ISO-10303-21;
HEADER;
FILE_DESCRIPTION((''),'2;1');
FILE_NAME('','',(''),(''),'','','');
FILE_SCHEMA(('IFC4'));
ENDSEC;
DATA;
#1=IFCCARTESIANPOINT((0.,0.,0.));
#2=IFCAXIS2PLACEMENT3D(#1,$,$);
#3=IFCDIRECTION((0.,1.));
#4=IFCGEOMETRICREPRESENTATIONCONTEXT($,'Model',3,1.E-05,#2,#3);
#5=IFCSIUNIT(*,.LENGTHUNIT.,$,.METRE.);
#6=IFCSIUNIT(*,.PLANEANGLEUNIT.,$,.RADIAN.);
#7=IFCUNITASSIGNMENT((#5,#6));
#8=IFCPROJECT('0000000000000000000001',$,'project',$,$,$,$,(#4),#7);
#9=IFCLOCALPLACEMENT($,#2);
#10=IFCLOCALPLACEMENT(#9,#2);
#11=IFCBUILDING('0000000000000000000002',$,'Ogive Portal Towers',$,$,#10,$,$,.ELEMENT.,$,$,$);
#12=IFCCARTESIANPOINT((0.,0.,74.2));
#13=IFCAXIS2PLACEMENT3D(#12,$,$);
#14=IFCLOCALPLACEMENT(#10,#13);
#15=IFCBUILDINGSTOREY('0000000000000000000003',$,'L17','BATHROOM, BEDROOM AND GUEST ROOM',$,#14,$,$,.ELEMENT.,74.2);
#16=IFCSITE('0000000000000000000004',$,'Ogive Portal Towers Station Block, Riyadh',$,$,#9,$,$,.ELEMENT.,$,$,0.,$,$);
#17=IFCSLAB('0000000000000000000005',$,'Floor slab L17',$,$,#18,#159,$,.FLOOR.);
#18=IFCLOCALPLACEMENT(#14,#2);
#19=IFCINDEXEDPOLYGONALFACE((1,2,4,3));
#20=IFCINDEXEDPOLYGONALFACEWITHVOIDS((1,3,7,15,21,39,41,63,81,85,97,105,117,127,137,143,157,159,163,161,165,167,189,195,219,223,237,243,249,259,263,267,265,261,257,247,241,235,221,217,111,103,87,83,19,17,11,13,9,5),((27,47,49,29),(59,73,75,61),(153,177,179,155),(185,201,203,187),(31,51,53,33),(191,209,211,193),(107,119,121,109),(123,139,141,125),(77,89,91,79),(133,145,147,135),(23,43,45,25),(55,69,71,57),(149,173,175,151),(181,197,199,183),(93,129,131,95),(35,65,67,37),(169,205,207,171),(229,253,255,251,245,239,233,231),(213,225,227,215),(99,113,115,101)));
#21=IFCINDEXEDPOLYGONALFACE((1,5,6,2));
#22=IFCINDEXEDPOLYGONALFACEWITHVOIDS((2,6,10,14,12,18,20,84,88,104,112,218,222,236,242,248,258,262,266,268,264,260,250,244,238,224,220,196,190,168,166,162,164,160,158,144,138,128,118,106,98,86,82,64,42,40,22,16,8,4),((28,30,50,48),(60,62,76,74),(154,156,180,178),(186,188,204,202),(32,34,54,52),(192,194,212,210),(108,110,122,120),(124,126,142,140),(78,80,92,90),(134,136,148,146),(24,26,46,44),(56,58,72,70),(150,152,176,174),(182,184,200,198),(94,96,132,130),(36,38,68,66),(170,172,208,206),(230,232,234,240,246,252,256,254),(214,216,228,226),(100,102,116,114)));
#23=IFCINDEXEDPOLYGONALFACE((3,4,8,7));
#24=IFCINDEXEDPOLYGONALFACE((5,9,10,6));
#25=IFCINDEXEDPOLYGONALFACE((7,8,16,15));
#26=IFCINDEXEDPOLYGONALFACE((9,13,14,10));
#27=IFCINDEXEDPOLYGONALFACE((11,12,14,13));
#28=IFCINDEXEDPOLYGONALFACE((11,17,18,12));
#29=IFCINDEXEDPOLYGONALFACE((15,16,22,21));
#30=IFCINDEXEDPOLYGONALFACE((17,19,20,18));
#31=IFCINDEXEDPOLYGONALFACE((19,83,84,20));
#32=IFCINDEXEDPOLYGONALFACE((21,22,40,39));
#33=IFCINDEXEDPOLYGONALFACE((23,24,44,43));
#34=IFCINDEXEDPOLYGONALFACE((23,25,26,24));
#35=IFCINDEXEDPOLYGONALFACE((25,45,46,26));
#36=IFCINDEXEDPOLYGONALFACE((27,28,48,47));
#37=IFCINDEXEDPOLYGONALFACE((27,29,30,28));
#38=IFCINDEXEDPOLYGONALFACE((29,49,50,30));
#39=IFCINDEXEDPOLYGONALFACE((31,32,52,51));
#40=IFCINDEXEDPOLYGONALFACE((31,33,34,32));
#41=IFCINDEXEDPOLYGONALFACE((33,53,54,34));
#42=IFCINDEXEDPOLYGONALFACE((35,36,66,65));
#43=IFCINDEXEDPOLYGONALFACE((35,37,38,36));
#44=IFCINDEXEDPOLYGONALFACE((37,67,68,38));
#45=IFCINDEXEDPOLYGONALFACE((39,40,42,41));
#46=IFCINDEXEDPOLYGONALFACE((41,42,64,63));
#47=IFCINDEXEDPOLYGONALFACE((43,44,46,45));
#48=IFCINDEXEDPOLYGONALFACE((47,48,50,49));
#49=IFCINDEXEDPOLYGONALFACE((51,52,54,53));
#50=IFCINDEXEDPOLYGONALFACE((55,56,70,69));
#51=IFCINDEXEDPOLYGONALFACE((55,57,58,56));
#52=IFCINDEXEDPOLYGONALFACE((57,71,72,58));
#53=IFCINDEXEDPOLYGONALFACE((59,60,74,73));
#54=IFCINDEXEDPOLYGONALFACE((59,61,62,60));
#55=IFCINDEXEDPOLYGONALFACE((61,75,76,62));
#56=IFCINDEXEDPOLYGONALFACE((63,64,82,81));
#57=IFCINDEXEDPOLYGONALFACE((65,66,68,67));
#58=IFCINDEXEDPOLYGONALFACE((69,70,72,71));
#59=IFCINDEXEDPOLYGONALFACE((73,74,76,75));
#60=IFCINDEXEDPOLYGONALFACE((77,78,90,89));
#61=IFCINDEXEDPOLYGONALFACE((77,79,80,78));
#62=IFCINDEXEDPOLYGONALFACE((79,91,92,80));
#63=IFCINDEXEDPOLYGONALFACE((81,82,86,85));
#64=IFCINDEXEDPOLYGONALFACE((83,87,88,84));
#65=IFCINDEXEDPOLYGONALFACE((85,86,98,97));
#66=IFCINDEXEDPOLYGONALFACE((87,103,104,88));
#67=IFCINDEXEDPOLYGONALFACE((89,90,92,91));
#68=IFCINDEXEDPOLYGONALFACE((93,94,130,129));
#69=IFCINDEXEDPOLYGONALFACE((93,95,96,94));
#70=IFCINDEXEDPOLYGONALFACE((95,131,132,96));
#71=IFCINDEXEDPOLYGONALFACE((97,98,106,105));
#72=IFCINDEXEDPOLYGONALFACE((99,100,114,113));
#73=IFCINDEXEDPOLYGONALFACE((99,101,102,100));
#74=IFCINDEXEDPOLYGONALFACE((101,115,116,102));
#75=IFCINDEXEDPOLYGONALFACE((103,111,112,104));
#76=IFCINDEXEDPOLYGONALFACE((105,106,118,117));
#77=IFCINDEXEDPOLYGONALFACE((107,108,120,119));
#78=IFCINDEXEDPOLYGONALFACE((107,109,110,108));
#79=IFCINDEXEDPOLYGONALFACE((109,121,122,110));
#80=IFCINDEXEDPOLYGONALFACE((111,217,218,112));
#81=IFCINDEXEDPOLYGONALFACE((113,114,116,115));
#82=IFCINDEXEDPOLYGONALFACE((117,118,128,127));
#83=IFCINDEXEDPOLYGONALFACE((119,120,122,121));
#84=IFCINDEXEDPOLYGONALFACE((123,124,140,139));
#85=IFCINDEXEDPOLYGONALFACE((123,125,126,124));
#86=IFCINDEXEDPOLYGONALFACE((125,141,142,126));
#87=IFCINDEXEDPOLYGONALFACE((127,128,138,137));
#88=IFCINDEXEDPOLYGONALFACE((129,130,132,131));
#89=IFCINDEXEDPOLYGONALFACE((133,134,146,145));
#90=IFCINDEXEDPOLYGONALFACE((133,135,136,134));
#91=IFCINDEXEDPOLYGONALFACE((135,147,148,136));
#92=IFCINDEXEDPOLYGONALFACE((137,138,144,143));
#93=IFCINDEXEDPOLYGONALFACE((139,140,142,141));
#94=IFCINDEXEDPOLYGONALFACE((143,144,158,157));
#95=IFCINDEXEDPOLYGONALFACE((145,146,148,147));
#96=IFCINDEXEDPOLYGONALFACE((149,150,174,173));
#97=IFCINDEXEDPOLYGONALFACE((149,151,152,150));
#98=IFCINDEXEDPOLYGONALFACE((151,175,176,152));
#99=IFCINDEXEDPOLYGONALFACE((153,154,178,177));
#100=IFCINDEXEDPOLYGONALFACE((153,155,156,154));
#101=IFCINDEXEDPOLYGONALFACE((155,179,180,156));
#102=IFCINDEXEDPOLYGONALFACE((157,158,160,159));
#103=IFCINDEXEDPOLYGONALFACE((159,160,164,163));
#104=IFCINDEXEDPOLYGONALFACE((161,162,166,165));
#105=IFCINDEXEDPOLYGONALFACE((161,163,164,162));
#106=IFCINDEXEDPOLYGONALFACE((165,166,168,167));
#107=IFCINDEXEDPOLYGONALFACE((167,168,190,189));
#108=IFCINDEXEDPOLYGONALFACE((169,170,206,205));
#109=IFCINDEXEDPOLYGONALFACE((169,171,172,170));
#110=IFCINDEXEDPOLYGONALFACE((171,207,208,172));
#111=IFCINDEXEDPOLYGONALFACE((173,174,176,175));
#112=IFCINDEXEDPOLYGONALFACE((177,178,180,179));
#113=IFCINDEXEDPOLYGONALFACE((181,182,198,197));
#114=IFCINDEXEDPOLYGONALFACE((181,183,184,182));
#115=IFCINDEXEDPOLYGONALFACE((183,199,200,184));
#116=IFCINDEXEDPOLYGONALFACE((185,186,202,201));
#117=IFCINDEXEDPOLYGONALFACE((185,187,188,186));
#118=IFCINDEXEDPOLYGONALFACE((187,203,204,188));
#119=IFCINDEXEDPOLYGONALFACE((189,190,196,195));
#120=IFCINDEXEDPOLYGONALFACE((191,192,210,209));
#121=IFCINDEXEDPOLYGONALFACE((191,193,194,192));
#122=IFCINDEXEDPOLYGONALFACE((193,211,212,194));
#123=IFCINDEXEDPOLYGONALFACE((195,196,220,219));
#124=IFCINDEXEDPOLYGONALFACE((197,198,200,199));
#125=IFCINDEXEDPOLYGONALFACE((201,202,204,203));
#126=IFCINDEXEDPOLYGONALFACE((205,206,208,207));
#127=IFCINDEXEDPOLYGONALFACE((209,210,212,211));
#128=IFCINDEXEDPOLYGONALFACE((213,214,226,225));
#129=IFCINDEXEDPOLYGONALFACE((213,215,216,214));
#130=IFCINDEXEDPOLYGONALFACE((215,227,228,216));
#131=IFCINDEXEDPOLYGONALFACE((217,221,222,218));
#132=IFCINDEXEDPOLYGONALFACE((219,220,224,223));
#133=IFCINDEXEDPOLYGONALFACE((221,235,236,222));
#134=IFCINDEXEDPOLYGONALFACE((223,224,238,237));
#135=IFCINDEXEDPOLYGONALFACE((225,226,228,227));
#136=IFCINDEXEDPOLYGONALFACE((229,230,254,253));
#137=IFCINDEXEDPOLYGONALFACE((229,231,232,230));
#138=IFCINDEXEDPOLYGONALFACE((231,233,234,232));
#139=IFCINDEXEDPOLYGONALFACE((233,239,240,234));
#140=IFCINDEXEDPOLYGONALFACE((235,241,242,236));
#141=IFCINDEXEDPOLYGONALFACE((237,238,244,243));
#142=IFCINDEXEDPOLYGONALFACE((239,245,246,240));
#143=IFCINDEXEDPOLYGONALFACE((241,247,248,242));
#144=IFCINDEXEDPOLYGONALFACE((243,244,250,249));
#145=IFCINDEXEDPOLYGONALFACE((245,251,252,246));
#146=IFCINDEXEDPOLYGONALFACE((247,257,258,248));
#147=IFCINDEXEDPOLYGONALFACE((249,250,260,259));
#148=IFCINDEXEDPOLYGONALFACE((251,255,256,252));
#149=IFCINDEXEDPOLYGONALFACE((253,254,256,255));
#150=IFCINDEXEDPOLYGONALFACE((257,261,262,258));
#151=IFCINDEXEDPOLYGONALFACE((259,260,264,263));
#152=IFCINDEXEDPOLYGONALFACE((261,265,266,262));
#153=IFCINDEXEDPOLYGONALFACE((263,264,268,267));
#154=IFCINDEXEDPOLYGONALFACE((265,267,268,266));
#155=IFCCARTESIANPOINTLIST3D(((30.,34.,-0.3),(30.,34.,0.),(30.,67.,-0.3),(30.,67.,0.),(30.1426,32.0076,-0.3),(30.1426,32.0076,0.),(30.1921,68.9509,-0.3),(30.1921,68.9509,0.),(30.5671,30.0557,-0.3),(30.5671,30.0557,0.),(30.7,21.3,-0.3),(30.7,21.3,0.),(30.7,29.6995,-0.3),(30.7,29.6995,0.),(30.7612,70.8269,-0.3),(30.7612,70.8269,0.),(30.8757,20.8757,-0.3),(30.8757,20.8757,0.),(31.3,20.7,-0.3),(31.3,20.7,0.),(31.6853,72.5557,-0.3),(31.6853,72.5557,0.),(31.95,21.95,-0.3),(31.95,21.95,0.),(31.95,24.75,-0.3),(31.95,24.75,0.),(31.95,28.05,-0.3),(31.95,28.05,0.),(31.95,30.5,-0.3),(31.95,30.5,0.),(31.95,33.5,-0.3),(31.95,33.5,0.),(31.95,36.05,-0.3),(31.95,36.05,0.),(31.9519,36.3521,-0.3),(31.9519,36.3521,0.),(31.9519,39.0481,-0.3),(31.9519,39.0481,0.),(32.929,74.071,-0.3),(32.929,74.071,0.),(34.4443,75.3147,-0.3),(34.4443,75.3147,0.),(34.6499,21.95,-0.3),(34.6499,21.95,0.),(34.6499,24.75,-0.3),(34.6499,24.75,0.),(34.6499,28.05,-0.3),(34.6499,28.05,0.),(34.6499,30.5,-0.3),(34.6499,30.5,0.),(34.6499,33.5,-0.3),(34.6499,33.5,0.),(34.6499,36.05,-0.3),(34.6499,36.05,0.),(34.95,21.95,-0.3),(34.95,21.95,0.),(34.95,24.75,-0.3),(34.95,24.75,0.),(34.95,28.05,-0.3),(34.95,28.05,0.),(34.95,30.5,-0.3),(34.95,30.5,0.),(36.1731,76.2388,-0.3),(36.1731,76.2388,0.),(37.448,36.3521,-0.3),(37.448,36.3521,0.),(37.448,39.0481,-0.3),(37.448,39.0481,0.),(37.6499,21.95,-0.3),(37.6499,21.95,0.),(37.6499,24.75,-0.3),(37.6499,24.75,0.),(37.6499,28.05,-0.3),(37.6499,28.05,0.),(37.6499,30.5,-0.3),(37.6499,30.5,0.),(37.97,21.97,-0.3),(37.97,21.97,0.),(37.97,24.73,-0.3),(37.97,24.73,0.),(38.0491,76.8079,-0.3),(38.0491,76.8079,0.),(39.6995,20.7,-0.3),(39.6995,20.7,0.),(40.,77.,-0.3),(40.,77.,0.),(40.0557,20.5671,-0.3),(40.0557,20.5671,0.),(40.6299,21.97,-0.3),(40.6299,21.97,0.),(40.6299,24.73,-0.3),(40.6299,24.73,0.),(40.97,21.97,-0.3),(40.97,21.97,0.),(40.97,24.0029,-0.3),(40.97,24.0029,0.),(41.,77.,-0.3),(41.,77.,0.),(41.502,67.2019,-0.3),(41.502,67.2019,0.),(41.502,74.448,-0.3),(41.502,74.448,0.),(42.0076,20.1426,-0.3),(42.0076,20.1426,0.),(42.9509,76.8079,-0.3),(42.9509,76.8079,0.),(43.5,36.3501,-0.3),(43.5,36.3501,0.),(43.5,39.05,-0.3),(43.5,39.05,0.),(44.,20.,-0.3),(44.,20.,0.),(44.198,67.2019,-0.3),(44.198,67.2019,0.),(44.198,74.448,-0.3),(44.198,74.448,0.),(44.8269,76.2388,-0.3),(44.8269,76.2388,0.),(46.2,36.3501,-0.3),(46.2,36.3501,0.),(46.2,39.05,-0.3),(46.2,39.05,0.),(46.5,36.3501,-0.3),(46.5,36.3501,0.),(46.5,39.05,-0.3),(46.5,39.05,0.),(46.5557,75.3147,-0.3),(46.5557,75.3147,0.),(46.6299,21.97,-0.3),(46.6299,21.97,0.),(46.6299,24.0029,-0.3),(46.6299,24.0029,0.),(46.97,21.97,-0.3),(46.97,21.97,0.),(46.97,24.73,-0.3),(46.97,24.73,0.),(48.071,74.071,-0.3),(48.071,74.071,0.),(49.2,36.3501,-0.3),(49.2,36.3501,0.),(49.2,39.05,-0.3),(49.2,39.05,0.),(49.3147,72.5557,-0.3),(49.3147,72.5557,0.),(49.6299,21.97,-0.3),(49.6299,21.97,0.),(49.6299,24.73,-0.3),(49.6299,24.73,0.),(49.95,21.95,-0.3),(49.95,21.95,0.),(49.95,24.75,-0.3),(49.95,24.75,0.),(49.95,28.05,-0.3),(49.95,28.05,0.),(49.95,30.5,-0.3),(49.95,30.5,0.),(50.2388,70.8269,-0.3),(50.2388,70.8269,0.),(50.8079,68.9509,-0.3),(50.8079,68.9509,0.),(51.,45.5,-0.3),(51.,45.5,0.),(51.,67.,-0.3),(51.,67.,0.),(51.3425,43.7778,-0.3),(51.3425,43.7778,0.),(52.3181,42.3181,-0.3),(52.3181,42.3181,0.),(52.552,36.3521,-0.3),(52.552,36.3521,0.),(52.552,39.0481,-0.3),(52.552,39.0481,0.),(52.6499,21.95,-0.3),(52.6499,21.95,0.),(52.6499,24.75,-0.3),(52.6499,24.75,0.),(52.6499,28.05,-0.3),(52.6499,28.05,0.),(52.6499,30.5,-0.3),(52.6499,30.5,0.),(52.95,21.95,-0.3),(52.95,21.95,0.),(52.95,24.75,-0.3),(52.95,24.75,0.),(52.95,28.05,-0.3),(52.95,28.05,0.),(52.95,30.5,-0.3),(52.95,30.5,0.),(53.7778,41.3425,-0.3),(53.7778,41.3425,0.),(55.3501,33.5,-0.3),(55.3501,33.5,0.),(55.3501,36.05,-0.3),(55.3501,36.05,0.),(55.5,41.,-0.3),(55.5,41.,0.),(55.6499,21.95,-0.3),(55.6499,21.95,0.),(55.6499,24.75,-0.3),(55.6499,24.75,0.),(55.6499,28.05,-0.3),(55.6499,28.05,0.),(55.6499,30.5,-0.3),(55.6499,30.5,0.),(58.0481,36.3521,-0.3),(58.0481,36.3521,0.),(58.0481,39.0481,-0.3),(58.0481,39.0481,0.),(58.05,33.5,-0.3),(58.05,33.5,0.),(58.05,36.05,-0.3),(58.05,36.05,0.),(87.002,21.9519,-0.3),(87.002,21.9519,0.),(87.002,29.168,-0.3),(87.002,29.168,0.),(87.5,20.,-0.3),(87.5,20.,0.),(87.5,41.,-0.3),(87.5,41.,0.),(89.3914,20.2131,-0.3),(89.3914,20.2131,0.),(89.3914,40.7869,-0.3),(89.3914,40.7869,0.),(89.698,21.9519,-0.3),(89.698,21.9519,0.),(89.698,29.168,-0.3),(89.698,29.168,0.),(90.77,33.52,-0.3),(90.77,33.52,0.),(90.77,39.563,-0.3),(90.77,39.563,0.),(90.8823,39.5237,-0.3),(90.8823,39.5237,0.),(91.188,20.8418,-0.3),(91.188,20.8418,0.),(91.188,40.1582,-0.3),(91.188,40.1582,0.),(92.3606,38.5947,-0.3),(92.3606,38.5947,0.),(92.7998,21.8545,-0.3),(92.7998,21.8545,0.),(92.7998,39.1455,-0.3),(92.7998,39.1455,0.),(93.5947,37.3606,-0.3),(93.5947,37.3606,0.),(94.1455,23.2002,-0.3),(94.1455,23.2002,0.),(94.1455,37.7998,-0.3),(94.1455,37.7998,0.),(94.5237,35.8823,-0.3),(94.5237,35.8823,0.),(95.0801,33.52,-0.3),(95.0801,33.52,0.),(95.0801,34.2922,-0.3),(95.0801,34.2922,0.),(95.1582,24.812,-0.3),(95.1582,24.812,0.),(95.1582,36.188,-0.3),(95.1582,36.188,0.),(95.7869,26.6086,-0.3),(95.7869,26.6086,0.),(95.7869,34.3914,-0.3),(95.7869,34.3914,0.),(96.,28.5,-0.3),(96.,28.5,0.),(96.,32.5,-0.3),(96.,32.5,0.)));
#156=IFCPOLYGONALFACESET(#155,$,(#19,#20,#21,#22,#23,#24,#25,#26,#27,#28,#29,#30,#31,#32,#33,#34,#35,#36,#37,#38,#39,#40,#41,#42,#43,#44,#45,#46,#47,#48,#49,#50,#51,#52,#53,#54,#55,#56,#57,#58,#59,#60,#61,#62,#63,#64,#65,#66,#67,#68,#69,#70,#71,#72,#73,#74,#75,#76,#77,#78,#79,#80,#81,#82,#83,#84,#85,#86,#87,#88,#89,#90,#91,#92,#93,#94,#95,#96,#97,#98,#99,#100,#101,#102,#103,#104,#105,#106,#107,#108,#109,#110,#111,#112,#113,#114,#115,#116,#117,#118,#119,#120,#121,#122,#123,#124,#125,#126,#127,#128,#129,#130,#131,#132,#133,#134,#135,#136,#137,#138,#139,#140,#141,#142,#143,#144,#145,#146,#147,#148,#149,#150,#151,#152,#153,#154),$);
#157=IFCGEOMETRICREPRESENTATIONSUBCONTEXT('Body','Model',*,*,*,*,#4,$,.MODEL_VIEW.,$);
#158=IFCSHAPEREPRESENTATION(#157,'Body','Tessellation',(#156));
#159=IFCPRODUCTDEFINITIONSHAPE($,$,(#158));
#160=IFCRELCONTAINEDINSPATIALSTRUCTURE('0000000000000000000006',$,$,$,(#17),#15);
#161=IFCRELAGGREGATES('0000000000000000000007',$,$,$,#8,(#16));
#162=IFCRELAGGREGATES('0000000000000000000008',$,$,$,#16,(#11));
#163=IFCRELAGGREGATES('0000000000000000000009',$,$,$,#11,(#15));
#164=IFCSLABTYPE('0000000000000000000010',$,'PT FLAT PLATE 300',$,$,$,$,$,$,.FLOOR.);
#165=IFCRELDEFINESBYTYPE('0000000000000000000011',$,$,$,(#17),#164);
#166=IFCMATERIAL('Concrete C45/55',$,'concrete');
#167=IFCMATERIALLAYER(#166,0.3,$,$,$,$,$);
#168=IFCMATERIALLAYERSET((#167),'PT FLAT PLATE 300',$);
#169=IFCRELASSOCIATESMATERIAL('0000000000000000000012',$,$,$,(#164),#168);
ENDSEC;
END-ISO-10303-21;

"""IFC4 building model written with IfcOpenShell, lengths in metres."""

from ifc_helpers import new_model, si_unit, direction, frame, origin, place, context, subcontext, project, spatial, polyline, outline, extrude, material, layer, layer_set, type_object, element, save


model = new_model("IFC4")

# Units and contexts
model_context = context("Model", 3, precision=1e-05, world=origin(), true_north=direction((0.0, 1.0)))
body_context = subcontext(model_context, "Body", "Model", "MODEL_VIEW")
ifc_project = project(units=[si_unit("LENGTHUNIT", "METRE"), si_unit("PLANEANGLEUNIT", "RADIAN")], contexts=[model_context])

# Site, building, storey
site_placement = place(None, origin())
site = spatial("IfcSite", under=ifc_project, at=site_placement, Name="Ogive Portal Towers Station Block, Riyadh", CompositionType="ELEMENT", RefElevation=0.0)
building_placement = place(site_placement, origin())
building = spatial("IfcBuilding", under=site, at=building_placement, Name="Ogive Portal Towers", CompositionType="ELEMENT")
storey_placement = place(building_placement, frame((0.0, 0.0, 74.2)))
storey = spatial("IfcBuildingStorey", under=building, at=storey_placement, Name="L17", Description="BATHROOM, BEDROOM AND GUEST ROOM", CompositionType="ELEMENT", Elevation=74.2)

# Slab
ifc_material_1 = material(Name="Concrete C45/55", Category="concrete")
ifc_layer_1 = layer(ifc_material_1, 0.3)
ifc_layer_set_1 = layer_set([ifc_layer_1], Name="PT FLAT PLATE 300")
slab_type_1 = type_object("IfcSlabType", Name="PT FLAT PLATE 300", PredefinedType="FLOOR", material=ifc_layer_set_1)
slab_1_placement = place(storey_placement, frame((0.0, 0.0, -0.3)))
element("IfcSlab", 1, at=slab_1_placement, inside=storey, type_object=slab_type_1, Name="Floor slab L17", PredefinedType="FLOOR", context=body_context, shape_type="SweptSolid", body=[
    extrude(outline(polyline([(30.1426, 32.0076), (30.5671, 30.0557), (30.7, 29.6995), (30.7, 21.3), (30.8757, 20.8757), (31.3, 20.7), (39.6995, 20.7), (40.0557, 20.5671), (42.0076, 20.1426), (44.0, 20.0), (87.5, 20.0), (89.3914, 20.2131), (91.188, 20.8418), (92.7998, 21.8545), (94.1455, 23.2002), (95.1582, 24.812), (95.7869, 26.6086), (96.0, 28.5), (96.0, 32.5), (95.7869, 34.3914), (95.1582, 36.188), (94.1455, 37.7998), (92.7998, 39.1455), (91.188, 40.1582), (89.3914, 40.7869), (87.5, 41.0), (55.5, 41.0), (53.7778, 41.3425), (52.3181, 42.3181), (51.3425, 43.7778), (51.0, 45.5), (51.0, 67.0), (50.8079, 68.9509), (50.2388, 70.8269), (49.3147, 72.5557), (48.071, 74.071), (46.5557, 75.3147), (44.8269, 76.2388), (42.9509, 76.8079), (41.0, 77.0), (40.0, 77.0), (38.0491, 76.8079), (36.1731, 76.2388), (34.4443, 75.3147), (32.929, 74.071), (31.6853, 72.5557), (30.7612, 70.8269), (30.1921, 68.9509), (30.0, 67.0), (30.0, 34.0), (30.1426, 32.0076)]), holes=[polyline([(46.6299, 21.97), (40.97, 21.97), (40.97, 24.0029), (46.6299, 24.0029), (46.6299, 21.97)]), polyline([(34.6499, 24.75), (34.6499, 21.95), (31.95, 21.95), (31.95, 24.75), (34.6499, 24.75)]), polyline([(37.6499, 24.75), (37.6499, 21.95), (34.95, 21.95), (34.95, 24.75), (37.6499, 24.75)]), polyline([(37.97, 21.97), (37.97, 24.73), (40.6299, 24.73), (40.6299, 21.97), (37.97, 21.97)]), polyline([(34.6499, 28.05), (31.95, 28.05), (31.95, 30.5), (34.6499, 30.5), (34.6499, 28.05)]), polyline([(37.6499, 30.5), (37.6499, 28.05), (34.95, 28.05), (34.95, 30.5), (37.6499, 30.5)]), polyline([(34.6499, 33.5), (31.95, 33.5), (31.95, 36.05), (34.6499, 36.05), (34.6499, 33.5)]), polyline([(37.448, 39.0481), (37.448, 36.3521), (31.9519, 36.3521), (31.9519, 39.0481), (37.448, 39.0481)]), polyline([(46.2, 39.05), (46.2, 36.3501), (43.5, 36.3501), (43.5, 39.05), (46.2, 39.05)]), polyline([(49.2, 36.3501), (46.5, 36.3501), (46.5, 39.05), (49.2, 39.05), (49.2, 36.3501)]), polyline([(44.198, 67.2019), (41.502, 67.2019), (41.502, 74.448), (44.198, 74.448), (44.198, 67.2019)]), polyline([(49.6299, 21.97), (46.97, 21.97), (46.97, 24.73), (49.6299, 24.73), (49.6299, 21.97)]), polyline([(52.6499, 24.75), (52.6499, 21.95), (49.95, 21.95), (49.95, 24.75), (52.6499, 24.75)]), polyline([(55.6499, 21.95), (52.95, 21.95), (52.95, 24.75), (55.6499, 24.75), (55.6499, 21.95)]), polyline([(87.002, 29.168), (89.698, 29.168), (89.698, 21.9519), (87.002, 21.9519), (87.002, 29.168)]), polyline([(52.6499, 30.5), (52.6499, 28.05), (49.95, 28.05), (49.95, 30.5), (52.6499, 30.5)]), polyline([(55.6499, 28.05), (52.95, 28.05), (52.95, 30.5), (55.6499, 30.5), (55.6499, 28.05)]), polyline([(58.05, 36.05), (58.05, 33.5), (55.3501, 33.5), (55.3501, 36.05), (58.05, 36.05)]), polyline([(94.5237, 35.8823), (95.0801, 34.2922), (95.0801, 33.52), (90.77, 33.52), (90.77, 39.563), (90.8823, 39.5237), (92.3606, 38.5947), (93.5947, 37.3606), (94.5237, 35.8823)]), polyline([(52.552, 36.3521), (52.552, 39.0481), (58.0481, 39.0481), (58.0481, 36.3521), (52.552, 36.3521)])]), origin(), (0.0, 0.0, 1.0), 0.3),
])

save(model, "model.ifc")
